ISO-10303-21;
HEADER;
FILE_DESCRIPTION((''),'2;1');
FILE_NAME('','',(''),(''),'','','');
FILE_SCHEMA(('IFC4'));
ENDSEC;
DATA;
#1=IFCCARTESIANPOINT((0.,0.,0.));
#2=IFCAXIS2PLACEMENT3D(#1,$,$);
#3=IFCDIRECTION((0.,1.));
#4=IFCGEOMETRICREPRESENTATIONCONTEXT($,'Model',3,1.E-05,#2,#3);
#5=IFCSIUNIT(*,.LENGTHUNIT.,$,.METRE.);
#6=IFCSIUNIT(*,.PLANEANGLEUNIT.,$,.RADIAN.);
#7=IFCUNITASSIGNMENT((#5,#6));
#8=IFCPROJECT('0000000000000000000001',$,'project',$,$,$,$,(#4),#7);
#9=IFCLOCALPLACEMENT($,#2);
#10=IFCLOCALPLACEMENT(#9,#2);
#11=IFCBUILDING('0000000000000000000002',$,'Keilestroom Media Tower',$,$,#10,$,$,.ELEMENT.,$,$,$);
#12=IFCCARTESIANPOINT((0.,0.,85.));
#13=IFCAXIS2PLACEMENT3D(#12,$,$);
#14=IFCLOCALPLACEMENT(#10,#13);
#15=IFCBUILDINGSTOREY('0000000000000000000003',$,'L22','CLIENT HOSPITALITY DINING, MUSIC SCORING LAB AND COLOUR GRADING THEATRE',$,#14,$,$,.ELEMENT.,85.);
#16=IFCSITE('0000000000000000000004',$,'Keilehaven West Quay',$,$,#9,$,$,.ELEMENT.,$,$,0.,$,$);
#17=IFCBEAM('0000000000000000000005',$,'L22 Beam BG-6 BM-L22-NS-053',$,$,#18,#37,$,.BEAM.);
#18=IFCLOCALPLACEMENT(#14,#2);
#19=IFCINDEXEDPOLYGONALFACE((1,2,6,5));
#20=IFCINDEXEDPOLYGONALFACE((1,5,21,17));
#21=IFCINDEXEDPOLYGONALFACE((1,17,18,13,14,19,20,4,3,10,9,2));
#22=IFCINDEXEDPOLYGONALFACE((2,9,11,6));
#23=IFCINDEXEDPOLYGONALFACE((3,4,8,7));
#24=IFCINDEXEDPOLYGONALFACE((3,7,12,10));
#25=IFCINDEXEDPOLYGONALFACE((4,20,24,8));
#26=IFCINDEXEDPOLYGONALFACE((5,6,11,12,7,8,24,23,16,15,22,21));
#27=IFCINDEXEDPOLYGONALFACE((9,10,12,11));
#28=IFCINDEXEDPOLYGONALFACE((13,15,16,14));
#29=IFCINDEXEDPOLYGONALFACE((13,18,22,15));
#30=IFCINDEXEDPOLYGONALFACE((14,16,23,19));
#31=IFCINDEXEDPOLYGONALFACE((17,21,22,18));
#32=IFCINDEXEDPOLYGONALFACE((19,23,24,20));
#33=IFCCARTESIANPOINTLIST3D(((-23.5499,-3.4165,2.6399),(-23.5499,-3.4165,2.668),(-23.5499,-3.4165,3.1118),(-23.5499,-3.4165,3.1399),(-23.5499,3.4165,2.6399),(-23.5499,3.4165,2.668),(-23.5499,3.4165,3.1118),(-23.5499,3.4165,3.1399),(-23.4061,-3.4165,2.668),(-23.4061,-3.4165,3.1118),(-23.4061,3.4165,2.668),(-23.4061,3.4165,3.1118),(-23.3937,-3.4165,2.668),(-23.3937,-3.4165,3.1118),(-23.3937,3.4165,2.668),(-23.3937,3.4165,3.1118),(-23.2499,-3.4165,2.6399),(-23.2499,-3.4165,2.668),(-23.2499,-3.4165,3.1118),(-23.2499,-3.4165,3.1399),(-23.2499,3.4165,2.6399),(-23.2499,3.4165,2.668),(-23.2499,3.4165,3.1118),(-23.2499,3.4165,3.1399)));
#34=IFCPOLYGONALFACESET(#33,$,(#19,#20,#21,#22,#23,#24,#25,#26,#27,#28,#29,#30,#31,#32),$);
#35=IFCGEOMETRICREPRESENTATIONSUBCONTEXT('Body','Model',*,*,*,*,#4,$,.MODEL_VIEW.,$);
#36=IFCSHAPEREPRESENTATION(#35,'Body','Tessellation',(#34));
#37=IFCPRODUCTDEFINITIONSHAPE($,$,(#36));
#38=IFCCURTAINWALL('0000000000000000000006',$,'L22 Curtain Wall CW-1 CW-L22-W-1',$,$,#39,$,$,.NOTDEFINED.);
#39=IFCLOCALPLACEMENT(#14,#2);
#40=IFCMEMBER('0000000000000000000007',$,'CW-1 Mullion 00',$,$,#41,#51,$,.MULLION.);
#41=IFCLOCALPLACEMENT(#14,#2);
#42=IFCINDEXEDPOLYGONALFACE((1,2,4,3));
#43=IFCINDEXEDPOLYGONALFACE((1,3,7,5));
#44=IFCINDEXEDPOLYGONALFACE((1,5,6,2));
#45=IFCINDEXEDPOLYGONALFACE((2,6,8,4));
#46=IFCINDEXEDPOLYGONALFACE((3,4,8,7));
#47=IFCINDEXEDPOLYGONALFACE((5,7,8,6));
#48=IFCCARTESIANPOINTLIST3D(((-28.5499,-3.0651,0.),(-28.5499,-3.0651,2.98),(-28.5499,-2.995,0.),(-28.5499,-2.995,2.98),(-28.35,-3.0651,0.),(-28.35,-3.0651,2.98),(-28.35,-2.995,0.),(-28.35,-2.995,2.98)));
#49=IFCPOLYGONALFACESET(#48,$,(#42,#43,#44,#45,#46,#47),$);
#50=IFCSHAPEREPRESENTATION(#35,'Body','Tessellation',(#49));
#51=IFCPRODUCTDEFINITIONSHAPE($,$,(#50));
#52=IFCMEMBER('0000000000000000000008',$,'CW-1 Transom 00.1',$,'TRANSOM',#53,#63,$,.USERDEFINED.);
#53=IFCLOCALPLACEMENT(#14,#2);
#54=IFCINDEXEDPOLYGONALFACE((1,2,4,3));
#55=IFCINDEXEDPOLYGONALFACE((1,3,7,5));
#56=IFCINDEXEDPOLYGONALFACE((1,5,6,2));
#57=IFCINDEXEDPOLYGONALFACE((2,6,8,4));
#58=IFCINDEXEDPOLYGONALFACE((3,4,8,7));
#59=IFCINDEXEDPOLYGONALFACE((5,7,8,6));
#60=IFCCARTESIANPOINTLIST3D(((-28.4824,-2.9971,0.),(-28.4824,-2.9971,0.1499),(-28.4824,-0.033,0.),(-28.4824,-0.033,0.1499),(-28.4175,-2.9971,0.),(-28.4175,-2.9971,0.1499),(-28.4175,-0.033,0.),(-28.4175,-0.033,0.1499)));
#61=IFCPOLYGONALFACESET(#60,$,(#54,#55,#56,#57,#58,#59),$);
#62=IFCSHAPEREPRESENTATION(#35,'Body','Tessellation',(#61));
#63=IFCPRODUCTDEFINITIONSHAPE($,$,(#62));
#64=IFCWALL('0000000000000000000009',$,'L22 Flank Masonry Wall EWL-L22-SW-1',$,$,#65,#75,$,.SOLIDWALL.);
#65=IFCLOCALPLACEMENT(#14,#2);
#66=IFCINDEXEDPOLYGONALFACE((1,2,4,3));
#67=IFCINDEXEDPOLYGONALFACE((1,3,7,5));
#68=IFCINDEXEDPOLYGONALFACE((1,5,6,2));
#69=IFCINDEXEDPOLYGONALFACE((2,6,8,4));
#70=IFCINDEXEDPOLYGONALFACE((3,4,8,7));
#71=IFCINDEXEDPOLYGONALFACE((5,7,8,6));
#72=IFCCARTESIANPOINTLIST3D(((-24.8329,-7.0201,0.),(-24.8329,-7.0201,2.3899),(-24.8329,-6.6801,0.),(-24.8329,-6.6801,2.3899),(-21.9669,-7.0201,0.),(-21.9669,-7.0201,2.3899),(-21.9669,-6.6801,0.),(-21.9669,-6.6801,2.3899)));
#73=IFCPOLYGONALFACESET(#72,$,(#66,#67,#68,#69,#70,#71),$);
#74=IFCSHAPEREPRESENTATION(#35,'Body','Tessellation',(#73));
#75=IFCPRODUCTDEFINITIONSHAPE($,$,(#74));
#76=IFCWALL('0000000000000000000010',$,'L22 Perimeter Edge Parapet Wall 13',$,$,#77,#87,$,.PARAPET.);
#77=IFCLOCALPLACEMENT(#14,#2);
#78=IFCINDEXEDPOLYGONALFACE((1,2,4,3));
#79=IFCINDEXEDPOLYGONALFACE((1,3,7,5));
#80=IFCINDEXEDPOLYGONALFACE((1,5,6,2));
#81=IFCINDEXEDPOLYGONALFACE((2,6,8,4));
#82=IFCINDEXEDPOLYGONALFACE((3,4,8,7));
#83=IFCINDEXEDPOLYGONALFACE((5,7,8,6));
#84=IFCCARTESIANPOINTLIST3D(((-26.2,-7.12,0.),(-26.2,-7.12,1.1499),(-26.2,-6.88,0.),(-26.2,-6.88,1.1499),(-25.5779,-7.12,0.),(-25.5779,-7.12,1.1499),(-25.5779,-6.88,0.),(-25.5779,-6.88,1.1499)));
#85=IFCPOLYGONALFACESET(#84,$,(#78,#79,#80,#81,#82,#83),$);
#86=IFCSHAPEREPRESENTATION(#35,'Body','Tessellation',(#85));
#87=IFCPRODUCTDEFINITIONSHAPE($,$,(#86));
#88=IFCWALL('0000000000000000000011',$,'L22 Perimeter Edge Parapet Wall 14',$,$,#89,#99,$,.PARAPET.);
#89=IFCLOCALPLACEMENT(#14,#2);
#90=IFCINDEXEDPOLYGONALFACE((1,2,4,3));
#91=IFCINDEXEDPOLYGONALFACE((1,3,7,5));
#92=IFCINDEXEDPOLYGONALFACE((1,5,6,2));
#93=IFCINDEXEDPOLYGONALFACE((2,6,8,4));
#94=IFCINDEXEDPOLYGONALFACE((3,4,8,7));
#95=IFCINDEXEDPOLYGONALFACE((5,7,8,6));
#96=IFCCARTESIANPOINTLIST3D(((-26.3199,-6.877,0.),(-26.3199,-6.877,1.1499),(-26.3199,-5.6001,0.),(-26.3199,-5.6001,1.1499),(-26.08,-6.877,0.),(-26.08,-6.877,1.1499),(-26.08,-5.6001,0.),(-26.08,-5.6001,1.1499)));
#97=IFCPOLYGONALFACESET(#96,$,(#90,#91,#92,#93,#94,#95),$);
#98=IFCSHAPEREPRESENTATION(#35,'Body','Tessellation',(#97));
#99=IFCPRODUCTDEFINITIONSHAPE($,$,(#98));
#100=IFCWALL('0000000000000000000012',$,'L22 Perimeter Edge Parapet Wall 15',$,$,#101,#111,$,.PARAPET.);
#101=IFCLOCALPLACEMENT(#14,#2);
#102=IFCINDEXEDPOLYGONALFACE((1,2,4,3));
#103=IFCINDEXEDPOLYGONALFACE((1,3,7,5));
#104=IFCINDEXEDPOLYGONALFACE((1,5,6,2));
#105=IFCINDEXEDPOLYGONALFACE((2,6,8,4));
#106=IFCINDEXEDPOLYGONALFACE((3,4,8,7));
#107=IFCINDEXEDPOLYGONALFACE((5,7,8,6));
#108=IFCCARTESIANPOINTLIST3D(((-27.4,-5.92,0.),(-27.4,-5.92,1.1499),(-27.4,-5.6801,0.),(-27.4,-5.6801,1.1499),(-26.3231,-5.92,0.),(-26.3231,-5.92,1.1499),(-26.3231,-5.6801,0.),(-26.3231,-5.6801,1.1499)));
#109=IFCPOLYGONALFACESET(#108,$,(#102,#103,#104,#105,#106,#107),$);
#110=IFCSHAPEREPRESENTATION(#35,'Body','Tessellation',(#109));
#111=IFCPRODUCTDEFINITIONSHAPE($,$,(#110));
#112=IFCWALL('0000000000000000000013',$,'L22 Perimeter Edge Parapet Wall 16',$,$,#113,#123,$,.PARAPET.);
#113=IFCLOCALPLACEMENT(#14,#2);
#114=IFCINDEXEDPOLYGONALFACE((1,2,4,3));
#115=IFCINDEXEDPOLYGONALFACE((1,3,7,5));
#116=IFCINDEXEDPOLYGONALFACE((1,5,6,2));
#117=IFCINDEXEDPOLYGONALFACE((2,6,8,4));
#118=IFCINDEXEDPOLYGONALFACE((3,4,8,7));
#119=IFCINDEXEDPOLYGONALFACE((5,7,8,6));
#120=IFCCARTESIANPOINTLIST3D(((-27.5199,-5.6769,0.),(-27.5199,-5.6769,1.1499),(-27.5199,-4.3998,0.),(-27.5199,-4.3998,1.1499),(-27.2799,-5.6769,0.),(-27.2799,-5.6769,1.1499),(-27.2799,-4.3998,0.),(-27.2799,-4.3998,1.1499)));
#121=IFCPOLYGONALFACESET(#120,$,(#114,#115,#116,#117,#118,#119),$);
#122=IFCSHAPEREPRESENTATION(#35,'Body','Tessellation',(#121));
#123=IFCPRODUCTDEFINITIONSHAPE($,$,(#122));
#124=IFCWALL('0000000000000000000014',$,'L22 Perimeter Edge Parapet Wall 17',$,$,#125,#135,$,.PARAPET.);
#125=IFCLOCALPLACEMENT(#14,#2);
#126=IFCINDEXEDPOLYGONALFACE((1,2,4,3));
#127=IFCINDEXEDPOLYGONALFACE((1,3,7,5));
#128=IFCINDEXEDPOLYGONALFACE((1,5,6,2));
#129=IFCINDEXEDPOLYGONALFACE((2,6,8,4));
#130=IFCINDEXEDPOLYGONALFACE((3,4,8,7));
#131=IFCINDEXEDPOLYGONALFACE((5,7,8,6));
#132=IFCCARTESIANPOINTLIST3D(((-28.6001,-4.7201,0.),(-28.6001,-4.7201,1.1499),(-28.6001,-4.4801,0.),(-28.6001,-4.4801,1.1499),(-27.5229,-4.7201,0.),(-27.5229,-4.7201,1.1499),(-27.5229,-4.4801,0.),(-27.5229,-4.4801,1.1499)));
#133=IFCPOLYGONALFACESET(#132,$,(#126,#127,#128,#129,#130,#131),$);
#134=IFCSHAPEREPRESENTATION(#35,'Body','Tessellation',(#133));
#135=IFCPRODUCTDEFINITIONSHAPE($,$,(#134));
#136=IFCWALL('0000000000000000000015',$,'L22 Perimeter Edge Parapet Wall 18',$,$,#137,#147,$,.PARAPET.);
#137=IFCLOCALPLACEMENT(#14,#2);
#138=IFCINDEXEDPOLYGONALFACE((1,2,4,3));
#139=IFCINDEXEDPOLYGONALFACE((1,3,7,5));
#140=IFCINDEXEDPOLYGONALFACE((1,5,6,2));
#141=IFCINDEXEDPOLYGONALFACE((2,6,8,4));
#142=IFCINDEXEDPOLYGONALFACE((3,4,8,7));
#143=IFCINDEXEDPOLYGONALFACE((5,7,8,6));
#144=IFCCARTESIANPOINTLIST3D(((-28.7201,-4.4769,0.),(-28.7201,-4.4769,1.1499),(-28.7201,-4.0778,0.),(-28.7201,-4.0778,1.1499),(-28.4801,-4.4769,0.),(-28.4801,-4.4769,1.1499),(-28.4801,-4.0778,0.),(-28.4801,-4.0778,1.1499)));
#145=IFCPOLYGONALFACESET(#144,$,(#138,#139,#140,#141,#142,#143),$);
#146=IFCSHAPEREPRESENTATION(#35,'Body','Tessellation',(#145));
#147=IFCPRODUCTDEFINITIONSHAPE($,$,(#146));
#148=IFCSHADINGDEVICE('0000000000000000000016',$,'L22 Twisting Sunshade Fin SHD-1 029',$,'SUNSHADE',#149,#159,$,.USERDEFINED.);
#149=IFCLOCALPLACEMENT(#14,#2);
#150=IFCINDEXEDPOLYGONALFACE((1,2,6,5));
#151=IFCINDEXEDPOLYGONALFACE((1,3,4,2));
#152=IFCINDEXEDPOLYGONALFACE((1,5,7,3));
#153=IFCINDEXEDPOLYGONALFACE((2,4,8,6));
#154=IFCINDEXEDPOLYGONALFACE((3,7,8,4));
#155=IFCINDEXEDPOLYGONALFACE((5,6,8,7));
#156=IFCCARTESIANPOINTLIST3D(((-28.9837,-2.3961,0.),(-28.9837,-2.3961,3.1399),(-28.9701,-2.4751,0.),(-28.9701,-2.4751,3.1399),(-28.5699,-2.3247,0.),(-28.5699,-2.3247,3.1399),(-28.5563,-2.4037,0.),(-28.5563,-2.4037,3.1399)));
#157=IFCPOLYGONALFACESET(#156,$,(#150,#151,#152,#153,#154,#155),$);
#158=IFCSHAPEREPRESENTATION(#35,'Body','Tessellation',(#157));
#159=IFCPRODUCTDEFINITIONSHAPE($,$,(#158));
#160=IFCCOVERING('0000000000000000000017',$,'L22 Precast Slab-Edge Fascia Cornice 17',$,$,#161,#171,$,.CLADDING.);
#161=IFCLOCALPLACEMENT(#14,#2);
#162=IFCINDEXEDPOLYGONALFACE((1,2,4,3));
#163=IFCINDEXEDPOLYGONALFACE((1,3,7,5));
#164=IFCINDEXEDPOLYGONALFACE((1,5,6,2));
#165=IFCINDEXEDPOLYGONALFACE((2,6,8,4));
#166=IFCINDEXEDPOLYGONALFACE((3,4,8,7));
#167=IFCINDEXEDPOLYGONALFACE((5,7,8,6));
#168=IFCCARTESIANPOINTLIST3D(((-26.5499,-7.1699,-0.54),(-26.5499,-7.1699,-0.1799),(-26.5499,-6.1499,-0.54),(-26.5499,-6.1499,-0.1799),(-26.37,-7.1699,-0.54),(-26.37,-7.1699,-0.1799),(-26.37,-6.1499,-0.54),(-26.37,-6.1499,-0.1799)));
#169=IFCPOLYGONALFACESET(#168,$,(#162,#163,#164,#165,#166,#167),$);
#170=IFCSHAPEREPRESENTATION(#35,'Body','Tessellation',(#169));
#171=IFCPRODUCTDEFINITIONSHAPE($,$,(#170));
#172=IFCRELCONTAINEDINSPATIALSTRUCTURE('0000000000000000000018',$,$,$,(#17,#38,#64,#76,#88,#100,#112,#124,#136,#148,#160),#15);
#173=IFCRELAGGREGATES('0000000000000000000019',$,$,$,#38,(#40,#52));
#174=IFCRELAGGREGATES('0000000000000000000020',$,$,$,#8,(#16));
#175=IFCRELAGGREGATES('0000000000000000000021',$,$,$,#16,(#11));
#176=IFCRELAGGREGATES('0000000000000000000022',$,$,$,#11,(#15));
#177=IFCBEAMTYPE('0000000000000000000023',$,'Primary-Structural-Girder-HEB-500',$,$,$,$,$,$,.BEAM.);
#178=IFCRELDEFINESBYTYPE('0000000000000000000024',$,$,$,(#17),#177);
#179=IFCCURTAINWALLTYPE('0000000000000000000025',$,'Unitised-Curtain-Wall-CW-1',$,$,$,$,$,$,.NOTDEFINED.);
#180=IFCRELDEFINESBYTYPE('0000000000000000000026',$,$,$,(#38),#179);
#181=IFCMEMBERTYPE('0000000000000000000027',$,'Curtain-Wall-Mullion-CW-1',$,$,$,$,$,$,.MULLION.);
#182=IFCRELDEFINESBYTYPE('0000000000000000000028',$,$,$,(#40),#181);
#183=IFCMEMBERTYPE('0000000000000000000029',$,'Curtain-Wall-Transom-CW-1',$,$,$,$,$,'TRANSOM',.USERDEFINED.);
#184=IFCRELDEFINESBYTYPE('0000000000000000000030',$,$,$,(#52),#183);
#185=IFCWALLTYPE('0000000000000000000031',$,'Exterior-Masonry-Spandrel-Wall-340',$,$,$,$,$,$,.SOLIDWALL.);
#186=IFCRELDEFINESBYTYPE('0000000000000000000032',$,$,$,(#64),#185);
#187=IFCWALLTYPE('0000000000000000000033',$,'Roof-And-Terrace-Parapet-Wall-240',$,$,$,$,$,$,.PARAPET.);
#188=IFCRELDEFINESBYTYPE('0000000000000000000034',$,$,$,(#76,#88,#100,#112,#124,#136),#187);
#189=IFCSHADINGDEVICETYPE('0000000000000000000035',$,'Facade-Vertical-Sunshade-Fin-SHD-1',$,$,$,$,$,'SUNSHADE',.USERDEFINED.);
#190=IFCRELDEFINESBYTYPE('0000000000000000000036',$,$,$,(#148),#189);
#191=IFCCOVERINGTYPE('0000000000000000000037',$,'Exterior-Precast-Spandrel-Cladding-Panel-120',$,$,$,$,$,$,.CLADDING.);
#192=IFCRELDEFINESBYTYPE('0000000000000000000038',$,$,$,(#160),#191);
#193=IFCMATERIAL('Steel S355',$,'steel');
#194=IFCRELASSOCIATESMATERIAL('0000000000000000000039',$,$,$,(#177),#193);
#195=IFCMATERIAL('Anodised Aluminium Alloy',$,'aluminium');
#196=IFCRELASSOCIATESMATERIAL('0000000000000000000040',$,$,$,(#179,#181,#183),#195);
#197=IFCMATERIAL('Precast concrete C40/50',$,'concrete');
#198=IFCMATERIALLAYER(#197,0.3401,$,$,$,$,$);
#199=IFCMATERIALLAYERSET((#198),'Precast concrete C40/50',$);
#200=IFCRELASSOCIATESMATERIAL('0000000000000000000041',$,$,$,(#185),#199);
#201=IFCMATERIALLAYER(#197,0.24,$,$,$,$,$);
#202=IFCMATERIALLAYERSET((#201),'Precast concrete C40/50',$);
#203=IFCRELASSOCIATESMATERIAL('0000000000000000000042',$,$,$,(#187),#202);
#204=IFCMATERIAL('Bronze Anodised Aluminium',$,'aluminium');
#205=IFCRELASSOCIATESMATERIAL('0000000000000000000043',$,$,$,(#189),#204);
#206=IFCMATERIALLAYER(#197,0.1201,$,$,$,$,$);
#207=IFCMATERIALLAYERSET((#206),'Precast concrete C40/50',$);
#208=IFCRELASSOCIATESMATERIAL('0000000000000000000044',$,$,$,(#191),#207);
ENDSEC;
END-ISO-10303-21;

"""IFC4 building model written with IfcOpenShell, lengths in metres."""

from ifc_helpers import new_model, si_unit, direction, frame, frame_2d, origin, origin_2d, place, context, subcontext, project, spatial, rectangle, i_section, extrude, source, transform, mapped, material, layer, layer_set, material_profile, profile_set, type_object, element, aggregate, save


model = new_model("IFC4")

# Units and contexts
model_context = context("Model", 3, precision=1e-05, world=origin(), true_north=direction((0.0, 1.0)))
body_context = subcontext(model_context, "Body", "Model", "MODEL_VIEW")
ifc_project = project(units=[si_unit("LENGTHUNIT", "METRE"), si_unit("PLANEANGLEUNIT", "RADIAN")], contexts=[model_context])

# Site, building, storey
site_placement = place(None, origin())
site = spatial("IfcSite", under=ifc_project, at=site_placement, Name="Keilehaven West Quay", CompositionType="ELEMENT", RefElevation=0.0)
building_placement = place(site_placement, origin())
building = spatial("IfcBuilding", under=site, at=building_placement, Name="Keilestroom Media Tower", CompositionType="ELEMENT")
storey_placement = place(building_placement, frame((0.0, 0.0, 85.0)))
storey = spatial("IfcBuildingStorey", under=building, at=storey_placement, Name="L22", Description="CLIENT HOSPITALITY DINING, MUSIC SCORING LAB AND COLOUR GRADING THEATRE", CompositionType="ELEMENT", Elevation=85.0)

# Shared definitions
ifc_material_1 = material(Name="Precast concrete C40/50", Category="concrete")

# Beam
ifc_material_2 = material(Name="Steel S355", Category="steel")
ifc_material_profile_1 = material_profile(ifc_material_2, i_section(OverallWidth=0.3, OverallDepth=0.5, WebThickness=0.0125, FlangeThickness=0.0281, at=origin_2d()), Name="HEB 500")
ifc_profile_set_1 = profile_set([ifc_material_profile_1], Name="Steel S355")
beam_type_1 = type_object("IfcBeamType", Name="Primary-Structural-Girder-HEB-500", PredefinedType="BEAM", material=ifc_profile_set_1)
shared_shape_1 = source(origin(), body_context, "Body", "SweptSolid", [
    extrude(i_section(OverallWidth=0.3, OverallDepth=0.5, WebThickness=0.0125, FlangeThickness=0.0281, at=origin_2d()), origin(), (0.0, 0.0, 1.0), 6.833),
])
beam_1_placement = place(storey_placement, frame((-23.3999, -3.4165, 2.8899), z_axis=(0.0, 1.0, 0.0), x_axis=(-1.0, 0.0, 0.0)))
element("IfcBeam", 1, at=beam_1_placement, inside=storey, type_object=beam_type_1, Name="L22 Beam BG-6 BM-L22-NS-053", PredefinedType="BEAM", context=body_context, shape_type="MappedRepresentation", body=[
    mapped(shared_shape_1, transform((0.0, 0.0, 0.0), x_axis=(1.0, 0.0, 0.0), y_axis=(0.0, 1.0, 0.0), z_axis=(0.0, 0.0, 1.0), scale=1.0)),
])

# Curtain wall, members
ifc_material_3 = material(Name="Anodised Aluminium Alloy", Category="aluminium")
curtain_wall_type = type_object("IfcCurtainWallType", Name="Unitised-Curtain-Wall-CW-1", PredefinedType="NOTDEFINED", material=ifc_material_3)
curtain_wall_placement = place(storey_placement, origin())
curtain_wall = element("IfcCurtainWall", 2, at=curtain_wall_placement, inside=storey, type_object=curtain_wall_type, Name="L22 Curtain Wall CW-1 CW-L22-W-1", PredefinedType="NOTDEFINED")
ifc_material_profile_2 = material_profile(ifc_material_3, rectangle(XDim=0.0701, YDim=0.2, at=origin_2d()), Name="ALU MULLION 70x200")
ifc_profile_set_2 = profile_set([ifc_material_profile_2], Name="Anodised Aluminium Alloy")
member_type_1 = type_object("IfcMemberType", Name="Curtain-Wall-Mullion-CW-1", PredefinedType="MULLION", material=ifc_profile_set_2)
shared_shape_2 = source(origin(), body_context, "Body", "SweptSolid", [
    extrude(rectangle(XDim=0.0701, YDim=0.2, at=origin_2d()), origin(), (0.0, 0.0, 1.0), 2.98),
])
member_1_placement = place(storey_placement, frame((-28.45, -3.03, 0.0), z_axis=(0.0, 0.0, 1.0), x_axis=(0.0, 1.0, 0.0)))
member_1 = element("IfcMember", 3, at=member_1_placement, type_object=member_type_1, Name="CW-1 Mullion 00", PredefinedType="MULLION", context=body_context, shape_type="MappedRepresentation", body=[
    mapped(shared_shape_2, transform((0.0, 0.0, 0.0), x_axis=(1.0, 0.0, 0.0), y_axis=(0.0, 1.0, 0.0), z_axis=(0.0, 0.0, 1.0), scale=1.0)),
])
ifc_material_profile_3 = material_profile(ifc_material_3, rectangle(XDim=0.0649, YDim=0.1499, at=origin_2d()), Name="ALU TRANSOM 65x150")
ifc_profile_set_3 = profile_set([ifc_material_profile_3], Name="Anodised Aluminium Alloy")
member_type_2 = type_object("IfcMemberType", Name="Curtain-Wall-Transom-CW-1", ElementType="TRANSOM", PredefinedType="USERDEFINED", material=ifc_profile_set_3)
shared_shape_3 = source(origin(), body_context, "Body", "SweptSolid", [
    extrude(rectangle(XDim=0.0649, YDim=0.1499, at=origin_2d()), origin(), (0.0, 0.0, 1.0), 2.9641),
])
member_2_placement = place(storey_placement, frame((-28.45, -2.9971, 0.075), z_axis=(0.0, 1.0, 0.0), x_axis=(-1.0, 0.0, 0.0)))
member_2 = element("IfcMember", 4, at=member_2_placement, type_object=member_type_2, Name="CW-1 Transom 00.1", ObjectType="TRANSOM", PredefinedType="USERDEFINED", context=body_context, shape_type="MappedRepresentation", body=[
    mapped(shared_shape_3, transform((0.0, 0.0, 0.0), x_axis=(1.0, 0.0, 0.0), y_axis=(0.0, 1.0, 0.0), z_axis=(0.0, 0.0, 1.0), scale=1.0)),
])
aggregate(curtain_wall, [member_1, member_2])

# Walls
ifc_layer_1 = layer(ifc_material_1, 0.3401)
ifc_layer_set_1 = layer_set([ifc_layer_1], Name="Precast concrete C40/50")
wall_type_1 = type_object("IfcWallType", Name="Exterior-Masonry-Spandrel-Wall-340", PredefinedType="SOLIDWALL", material=ifc_layer_set_1)
wall_1_placement = place(storey_placement, frame((-24.833, -6.8501, 0.0), z_axis=(0.0, 0.0, 1.0), x_axis=(1.0, 0.0, 0.0)))
element("IfcWall", 5, at=wall_1_placement, inside=storey, type_object=wall_type_1, Name="L22 Flank Masonry Wall EWL-L22-SW-1", PredefinedType="SOLIDWALL", context=body_context, shape_type="SweptSolid", body=[
    extrude(rectangle(XDim=2.866, YDim=0.3401, at=frame_2d((1.4331, 0.0))), origin(), (0.0, 0.0, 1.0), 2.3899),
])
ifc_layer_2 = layer(ifc_material_1, 0.24)
ifc_layer_set_2 = layer_set([ifc_layer_2], Name="Precast concrete C40/50")
wall_type_2 = type_object("IfcWallType", Name="Roof-And-Terrace-Parapet-Wall-240", PredefinedType="PARAPET", material=ifc_layer_set_2)
wall_2_placement = place(storey_placement, frame((-25.5779, -7.0, 0.0), z_axis=(0.0, 0.0, 1.0), x_axis=(-1.0, 0.0, 0.0)))
element("IfcWall", 6, at=wall_2_placement, inside=storey, type_object=wall_type_2, Name="L22 Perimeter Edge Parapet Wall 13", PredefinedType="PARAPET", context=body_context, shape_type="SweptSolid", body=[
    extrude(rectangle(XDim=0.6221, YDim=0.24, at=frame_2d((0.311, 0.0))), origin(), (0.0, 0.0, 1.0), 1.1499),
])
wall_3_placement = place(storey_placement, frame((-26.2, -6.877, 0.0), z_axis=(0.0, 0.0, 1.0), x_axis=(0.0, 1.0, 0.0)))
element("IfcWall", 7, at=wall_3_placement, inside=storey, type_object=wall_type_2, Name="L22 Perimeter Edge Parapet Wall 14", PredefinedType="PARAPET", context=body_context, shape_type="SweptSolid", body=[
    extrude(rectangle(XDim=1.2769, YDim=0.24, at=frame_2d((0.6384, 0.0))), origin(), (0.0, 0.0, 1.0), 1.1499),
])
wall_4_placement = place(storey_placement, frame((-26.323, -5.8, 0.0), z_axis=(0.0, 0.0, 1.0), x_axis=(-1.0, 0.0, 0.0)))
element("IfcWall", 8, at=wall_4_placement, inside=storey, type_object=wall_type_2, Name="L22 Perimeter Edge Parapet Wall 15", PredefinedType="PARAPET", context=body_context, shape_type="SweptSolid", body=[
    extrude(rectangle(XDim=1.0769, YDim=0.24, at=frame_2d((0.5386, 0.0))), origin(), (0.0, 0.0, 1.0), 1.1499),
])
wall_5_placement = place(storey_placement, frame((-27.3999, -5.677, 0.0), z_axis=(0.0, 0.0, 1.0), x_axis=(0.0, 1.0, 0.0)))
element("IfcWall", 9, at=wall_5_placement, inside=storey, type_object=wall_type_2, Name="L22 Perimeter Edge Parapet Wall 16", PredefinedType="PARAPET", context=body_context, shape_type="SweptSolid", body=[
    extrude(rectangle(XDim=1.2771, YDim=0.24, at=frame_2d((0.6387, 0.0))), origin(), (0.0, 0.0, 1.0), 1.1499),
])
wall_6_placement = place(storey_placement, frame((-27.5229, -4.6001, 0.0), z_axis=(0.0, 0.0, 1.0), x_axis=(-1.0, 0.0, 0.0)))
element("IfcWall", 10, at=wall_6_placement, inside=storey, type_object=wall_type_2, Name="L22 Perimeter Edge Parapet Wall 17", PredefinedType="PARAPET", context=body_context, shape_type="SweptSolid", body=[
    extrude(rectangle(XDim=1.0771, YDim=0.24, at=frame_2d((0.5386, 0.0))), origin(), (0.0, 0.0, 1.0), 1.1499),
])
wall_7_placement = place(storey_placement, frame((-28.6001, -4.4771, 0.0), z_axis=(0.0, 0.0, 1.0), x_axis=(0.0, 1.0, 0.0)))
element("IfcWall", 11, at=wall_7_placement, inside=storey, type_object=wall_type_2, Name="L22 Perimeter Edge Parapet Wall 18", PredefinedType="PARAPET", context=body_context, shape_type="SweptSolid", body=[
    extrude(rectangle(XDim=0.3992, YDim=0.24, at=frame_2d((0.1997, 0.0))), origin(), (0.0, 0.0, 1.0), 1.1499),
])

# Shading device
ifc_material_4 = material(Name="Bronze Anodised Aluminium", Category="aluminium")
shading_device_type = type_object("IfcShadingDeviceType", Name="Facade-Vertical-Sunshade-Fin-SHD-1", ElementType="SUNSHADE", PredefinedType="USERDEFINED", material=ifc_material_4)
shared_shape_4 = source(origin(), body_context, "Body", "SweptSolid", [
    extrude(rectangle(XDim=0.4199, YDim=0.0801, at=origin_2d()), origin(), (0.0, 0.0, 1.0), 3.1399),
])
shading_device_placement = place(storey_placement, frame((-28.77, -2.3999, 0.0), z_axis=(0.0, 0.0, 1.0), x_axis=(0.985438, 0.170038, 0.0)))
element("IfcShadingDevice", 12, at=shading_device_placement, inside=storey, type_object=shading_device_type, Name="L22 Twisting Sunshade Fin SHD-1 029", ObjectType="SUNSHADE", PredefinedType="USERDEFINED", context=body_context, shape_type="MappedRepresentation", body=[
    mapped(shared_shape_4, transform((0.0, 0.0, 0.0), x_axis=(1.0, 0.0, 0.0), y_axis=(0.0, 1.0, 0.0), z_axis=(0.0, 0.0, 1.0), scale=1.0)),
])

# Covering
ifc_layer_3 = layer(ifc_material_1, 0.1201)
ifc_layer_set_3 = layer_set([ifc_layer_3], Name="Precast concrete C40/50")
covering_type = type_object("IfcCoveringType", Name="Exterior-Precast-Spandrel-Cladding-Panel-120", PredefinedType="CLADDING", material=ifc_layer_set_3)
shared_shape_5 = source(origin(), body_context, "Body", "SweptSolid", [
    extrude(rectangle(XDim=1.02, YDim=0.1799, at=origin_2d()), origin(), (0.0, 0.0, 1.0), 0.3601),
])
for number, where, z_axis, x_axis, name in (
    (13, (-26.46, -6.6599, -0.54), (0.0, 0.0, 1.0), (0.0, 1.0, 0.0), "L22 Precast Slab-Edge Fascia Cornice 17"),
):
    element("IfcCovering", number, at=place(storey_placement, frame(where, z_axis=z_axis, x_axis=x_axis)), inside=storey, type_object=covering_type, Name=name, PredefinedType="CLADDING", context=body_context, shape_type="MappedRepresentation", body=[
        mapped(shared_shape_5, transform((0.0, 0.0, 0.0), x_axis=(1.0, 0.0, 0.0), y_axis=(0.0, 1.0, 0.0), z_axis=(0.0, 0.0, 1.0), scale=1.0)),
    ])

save(model, "model.ifc")
